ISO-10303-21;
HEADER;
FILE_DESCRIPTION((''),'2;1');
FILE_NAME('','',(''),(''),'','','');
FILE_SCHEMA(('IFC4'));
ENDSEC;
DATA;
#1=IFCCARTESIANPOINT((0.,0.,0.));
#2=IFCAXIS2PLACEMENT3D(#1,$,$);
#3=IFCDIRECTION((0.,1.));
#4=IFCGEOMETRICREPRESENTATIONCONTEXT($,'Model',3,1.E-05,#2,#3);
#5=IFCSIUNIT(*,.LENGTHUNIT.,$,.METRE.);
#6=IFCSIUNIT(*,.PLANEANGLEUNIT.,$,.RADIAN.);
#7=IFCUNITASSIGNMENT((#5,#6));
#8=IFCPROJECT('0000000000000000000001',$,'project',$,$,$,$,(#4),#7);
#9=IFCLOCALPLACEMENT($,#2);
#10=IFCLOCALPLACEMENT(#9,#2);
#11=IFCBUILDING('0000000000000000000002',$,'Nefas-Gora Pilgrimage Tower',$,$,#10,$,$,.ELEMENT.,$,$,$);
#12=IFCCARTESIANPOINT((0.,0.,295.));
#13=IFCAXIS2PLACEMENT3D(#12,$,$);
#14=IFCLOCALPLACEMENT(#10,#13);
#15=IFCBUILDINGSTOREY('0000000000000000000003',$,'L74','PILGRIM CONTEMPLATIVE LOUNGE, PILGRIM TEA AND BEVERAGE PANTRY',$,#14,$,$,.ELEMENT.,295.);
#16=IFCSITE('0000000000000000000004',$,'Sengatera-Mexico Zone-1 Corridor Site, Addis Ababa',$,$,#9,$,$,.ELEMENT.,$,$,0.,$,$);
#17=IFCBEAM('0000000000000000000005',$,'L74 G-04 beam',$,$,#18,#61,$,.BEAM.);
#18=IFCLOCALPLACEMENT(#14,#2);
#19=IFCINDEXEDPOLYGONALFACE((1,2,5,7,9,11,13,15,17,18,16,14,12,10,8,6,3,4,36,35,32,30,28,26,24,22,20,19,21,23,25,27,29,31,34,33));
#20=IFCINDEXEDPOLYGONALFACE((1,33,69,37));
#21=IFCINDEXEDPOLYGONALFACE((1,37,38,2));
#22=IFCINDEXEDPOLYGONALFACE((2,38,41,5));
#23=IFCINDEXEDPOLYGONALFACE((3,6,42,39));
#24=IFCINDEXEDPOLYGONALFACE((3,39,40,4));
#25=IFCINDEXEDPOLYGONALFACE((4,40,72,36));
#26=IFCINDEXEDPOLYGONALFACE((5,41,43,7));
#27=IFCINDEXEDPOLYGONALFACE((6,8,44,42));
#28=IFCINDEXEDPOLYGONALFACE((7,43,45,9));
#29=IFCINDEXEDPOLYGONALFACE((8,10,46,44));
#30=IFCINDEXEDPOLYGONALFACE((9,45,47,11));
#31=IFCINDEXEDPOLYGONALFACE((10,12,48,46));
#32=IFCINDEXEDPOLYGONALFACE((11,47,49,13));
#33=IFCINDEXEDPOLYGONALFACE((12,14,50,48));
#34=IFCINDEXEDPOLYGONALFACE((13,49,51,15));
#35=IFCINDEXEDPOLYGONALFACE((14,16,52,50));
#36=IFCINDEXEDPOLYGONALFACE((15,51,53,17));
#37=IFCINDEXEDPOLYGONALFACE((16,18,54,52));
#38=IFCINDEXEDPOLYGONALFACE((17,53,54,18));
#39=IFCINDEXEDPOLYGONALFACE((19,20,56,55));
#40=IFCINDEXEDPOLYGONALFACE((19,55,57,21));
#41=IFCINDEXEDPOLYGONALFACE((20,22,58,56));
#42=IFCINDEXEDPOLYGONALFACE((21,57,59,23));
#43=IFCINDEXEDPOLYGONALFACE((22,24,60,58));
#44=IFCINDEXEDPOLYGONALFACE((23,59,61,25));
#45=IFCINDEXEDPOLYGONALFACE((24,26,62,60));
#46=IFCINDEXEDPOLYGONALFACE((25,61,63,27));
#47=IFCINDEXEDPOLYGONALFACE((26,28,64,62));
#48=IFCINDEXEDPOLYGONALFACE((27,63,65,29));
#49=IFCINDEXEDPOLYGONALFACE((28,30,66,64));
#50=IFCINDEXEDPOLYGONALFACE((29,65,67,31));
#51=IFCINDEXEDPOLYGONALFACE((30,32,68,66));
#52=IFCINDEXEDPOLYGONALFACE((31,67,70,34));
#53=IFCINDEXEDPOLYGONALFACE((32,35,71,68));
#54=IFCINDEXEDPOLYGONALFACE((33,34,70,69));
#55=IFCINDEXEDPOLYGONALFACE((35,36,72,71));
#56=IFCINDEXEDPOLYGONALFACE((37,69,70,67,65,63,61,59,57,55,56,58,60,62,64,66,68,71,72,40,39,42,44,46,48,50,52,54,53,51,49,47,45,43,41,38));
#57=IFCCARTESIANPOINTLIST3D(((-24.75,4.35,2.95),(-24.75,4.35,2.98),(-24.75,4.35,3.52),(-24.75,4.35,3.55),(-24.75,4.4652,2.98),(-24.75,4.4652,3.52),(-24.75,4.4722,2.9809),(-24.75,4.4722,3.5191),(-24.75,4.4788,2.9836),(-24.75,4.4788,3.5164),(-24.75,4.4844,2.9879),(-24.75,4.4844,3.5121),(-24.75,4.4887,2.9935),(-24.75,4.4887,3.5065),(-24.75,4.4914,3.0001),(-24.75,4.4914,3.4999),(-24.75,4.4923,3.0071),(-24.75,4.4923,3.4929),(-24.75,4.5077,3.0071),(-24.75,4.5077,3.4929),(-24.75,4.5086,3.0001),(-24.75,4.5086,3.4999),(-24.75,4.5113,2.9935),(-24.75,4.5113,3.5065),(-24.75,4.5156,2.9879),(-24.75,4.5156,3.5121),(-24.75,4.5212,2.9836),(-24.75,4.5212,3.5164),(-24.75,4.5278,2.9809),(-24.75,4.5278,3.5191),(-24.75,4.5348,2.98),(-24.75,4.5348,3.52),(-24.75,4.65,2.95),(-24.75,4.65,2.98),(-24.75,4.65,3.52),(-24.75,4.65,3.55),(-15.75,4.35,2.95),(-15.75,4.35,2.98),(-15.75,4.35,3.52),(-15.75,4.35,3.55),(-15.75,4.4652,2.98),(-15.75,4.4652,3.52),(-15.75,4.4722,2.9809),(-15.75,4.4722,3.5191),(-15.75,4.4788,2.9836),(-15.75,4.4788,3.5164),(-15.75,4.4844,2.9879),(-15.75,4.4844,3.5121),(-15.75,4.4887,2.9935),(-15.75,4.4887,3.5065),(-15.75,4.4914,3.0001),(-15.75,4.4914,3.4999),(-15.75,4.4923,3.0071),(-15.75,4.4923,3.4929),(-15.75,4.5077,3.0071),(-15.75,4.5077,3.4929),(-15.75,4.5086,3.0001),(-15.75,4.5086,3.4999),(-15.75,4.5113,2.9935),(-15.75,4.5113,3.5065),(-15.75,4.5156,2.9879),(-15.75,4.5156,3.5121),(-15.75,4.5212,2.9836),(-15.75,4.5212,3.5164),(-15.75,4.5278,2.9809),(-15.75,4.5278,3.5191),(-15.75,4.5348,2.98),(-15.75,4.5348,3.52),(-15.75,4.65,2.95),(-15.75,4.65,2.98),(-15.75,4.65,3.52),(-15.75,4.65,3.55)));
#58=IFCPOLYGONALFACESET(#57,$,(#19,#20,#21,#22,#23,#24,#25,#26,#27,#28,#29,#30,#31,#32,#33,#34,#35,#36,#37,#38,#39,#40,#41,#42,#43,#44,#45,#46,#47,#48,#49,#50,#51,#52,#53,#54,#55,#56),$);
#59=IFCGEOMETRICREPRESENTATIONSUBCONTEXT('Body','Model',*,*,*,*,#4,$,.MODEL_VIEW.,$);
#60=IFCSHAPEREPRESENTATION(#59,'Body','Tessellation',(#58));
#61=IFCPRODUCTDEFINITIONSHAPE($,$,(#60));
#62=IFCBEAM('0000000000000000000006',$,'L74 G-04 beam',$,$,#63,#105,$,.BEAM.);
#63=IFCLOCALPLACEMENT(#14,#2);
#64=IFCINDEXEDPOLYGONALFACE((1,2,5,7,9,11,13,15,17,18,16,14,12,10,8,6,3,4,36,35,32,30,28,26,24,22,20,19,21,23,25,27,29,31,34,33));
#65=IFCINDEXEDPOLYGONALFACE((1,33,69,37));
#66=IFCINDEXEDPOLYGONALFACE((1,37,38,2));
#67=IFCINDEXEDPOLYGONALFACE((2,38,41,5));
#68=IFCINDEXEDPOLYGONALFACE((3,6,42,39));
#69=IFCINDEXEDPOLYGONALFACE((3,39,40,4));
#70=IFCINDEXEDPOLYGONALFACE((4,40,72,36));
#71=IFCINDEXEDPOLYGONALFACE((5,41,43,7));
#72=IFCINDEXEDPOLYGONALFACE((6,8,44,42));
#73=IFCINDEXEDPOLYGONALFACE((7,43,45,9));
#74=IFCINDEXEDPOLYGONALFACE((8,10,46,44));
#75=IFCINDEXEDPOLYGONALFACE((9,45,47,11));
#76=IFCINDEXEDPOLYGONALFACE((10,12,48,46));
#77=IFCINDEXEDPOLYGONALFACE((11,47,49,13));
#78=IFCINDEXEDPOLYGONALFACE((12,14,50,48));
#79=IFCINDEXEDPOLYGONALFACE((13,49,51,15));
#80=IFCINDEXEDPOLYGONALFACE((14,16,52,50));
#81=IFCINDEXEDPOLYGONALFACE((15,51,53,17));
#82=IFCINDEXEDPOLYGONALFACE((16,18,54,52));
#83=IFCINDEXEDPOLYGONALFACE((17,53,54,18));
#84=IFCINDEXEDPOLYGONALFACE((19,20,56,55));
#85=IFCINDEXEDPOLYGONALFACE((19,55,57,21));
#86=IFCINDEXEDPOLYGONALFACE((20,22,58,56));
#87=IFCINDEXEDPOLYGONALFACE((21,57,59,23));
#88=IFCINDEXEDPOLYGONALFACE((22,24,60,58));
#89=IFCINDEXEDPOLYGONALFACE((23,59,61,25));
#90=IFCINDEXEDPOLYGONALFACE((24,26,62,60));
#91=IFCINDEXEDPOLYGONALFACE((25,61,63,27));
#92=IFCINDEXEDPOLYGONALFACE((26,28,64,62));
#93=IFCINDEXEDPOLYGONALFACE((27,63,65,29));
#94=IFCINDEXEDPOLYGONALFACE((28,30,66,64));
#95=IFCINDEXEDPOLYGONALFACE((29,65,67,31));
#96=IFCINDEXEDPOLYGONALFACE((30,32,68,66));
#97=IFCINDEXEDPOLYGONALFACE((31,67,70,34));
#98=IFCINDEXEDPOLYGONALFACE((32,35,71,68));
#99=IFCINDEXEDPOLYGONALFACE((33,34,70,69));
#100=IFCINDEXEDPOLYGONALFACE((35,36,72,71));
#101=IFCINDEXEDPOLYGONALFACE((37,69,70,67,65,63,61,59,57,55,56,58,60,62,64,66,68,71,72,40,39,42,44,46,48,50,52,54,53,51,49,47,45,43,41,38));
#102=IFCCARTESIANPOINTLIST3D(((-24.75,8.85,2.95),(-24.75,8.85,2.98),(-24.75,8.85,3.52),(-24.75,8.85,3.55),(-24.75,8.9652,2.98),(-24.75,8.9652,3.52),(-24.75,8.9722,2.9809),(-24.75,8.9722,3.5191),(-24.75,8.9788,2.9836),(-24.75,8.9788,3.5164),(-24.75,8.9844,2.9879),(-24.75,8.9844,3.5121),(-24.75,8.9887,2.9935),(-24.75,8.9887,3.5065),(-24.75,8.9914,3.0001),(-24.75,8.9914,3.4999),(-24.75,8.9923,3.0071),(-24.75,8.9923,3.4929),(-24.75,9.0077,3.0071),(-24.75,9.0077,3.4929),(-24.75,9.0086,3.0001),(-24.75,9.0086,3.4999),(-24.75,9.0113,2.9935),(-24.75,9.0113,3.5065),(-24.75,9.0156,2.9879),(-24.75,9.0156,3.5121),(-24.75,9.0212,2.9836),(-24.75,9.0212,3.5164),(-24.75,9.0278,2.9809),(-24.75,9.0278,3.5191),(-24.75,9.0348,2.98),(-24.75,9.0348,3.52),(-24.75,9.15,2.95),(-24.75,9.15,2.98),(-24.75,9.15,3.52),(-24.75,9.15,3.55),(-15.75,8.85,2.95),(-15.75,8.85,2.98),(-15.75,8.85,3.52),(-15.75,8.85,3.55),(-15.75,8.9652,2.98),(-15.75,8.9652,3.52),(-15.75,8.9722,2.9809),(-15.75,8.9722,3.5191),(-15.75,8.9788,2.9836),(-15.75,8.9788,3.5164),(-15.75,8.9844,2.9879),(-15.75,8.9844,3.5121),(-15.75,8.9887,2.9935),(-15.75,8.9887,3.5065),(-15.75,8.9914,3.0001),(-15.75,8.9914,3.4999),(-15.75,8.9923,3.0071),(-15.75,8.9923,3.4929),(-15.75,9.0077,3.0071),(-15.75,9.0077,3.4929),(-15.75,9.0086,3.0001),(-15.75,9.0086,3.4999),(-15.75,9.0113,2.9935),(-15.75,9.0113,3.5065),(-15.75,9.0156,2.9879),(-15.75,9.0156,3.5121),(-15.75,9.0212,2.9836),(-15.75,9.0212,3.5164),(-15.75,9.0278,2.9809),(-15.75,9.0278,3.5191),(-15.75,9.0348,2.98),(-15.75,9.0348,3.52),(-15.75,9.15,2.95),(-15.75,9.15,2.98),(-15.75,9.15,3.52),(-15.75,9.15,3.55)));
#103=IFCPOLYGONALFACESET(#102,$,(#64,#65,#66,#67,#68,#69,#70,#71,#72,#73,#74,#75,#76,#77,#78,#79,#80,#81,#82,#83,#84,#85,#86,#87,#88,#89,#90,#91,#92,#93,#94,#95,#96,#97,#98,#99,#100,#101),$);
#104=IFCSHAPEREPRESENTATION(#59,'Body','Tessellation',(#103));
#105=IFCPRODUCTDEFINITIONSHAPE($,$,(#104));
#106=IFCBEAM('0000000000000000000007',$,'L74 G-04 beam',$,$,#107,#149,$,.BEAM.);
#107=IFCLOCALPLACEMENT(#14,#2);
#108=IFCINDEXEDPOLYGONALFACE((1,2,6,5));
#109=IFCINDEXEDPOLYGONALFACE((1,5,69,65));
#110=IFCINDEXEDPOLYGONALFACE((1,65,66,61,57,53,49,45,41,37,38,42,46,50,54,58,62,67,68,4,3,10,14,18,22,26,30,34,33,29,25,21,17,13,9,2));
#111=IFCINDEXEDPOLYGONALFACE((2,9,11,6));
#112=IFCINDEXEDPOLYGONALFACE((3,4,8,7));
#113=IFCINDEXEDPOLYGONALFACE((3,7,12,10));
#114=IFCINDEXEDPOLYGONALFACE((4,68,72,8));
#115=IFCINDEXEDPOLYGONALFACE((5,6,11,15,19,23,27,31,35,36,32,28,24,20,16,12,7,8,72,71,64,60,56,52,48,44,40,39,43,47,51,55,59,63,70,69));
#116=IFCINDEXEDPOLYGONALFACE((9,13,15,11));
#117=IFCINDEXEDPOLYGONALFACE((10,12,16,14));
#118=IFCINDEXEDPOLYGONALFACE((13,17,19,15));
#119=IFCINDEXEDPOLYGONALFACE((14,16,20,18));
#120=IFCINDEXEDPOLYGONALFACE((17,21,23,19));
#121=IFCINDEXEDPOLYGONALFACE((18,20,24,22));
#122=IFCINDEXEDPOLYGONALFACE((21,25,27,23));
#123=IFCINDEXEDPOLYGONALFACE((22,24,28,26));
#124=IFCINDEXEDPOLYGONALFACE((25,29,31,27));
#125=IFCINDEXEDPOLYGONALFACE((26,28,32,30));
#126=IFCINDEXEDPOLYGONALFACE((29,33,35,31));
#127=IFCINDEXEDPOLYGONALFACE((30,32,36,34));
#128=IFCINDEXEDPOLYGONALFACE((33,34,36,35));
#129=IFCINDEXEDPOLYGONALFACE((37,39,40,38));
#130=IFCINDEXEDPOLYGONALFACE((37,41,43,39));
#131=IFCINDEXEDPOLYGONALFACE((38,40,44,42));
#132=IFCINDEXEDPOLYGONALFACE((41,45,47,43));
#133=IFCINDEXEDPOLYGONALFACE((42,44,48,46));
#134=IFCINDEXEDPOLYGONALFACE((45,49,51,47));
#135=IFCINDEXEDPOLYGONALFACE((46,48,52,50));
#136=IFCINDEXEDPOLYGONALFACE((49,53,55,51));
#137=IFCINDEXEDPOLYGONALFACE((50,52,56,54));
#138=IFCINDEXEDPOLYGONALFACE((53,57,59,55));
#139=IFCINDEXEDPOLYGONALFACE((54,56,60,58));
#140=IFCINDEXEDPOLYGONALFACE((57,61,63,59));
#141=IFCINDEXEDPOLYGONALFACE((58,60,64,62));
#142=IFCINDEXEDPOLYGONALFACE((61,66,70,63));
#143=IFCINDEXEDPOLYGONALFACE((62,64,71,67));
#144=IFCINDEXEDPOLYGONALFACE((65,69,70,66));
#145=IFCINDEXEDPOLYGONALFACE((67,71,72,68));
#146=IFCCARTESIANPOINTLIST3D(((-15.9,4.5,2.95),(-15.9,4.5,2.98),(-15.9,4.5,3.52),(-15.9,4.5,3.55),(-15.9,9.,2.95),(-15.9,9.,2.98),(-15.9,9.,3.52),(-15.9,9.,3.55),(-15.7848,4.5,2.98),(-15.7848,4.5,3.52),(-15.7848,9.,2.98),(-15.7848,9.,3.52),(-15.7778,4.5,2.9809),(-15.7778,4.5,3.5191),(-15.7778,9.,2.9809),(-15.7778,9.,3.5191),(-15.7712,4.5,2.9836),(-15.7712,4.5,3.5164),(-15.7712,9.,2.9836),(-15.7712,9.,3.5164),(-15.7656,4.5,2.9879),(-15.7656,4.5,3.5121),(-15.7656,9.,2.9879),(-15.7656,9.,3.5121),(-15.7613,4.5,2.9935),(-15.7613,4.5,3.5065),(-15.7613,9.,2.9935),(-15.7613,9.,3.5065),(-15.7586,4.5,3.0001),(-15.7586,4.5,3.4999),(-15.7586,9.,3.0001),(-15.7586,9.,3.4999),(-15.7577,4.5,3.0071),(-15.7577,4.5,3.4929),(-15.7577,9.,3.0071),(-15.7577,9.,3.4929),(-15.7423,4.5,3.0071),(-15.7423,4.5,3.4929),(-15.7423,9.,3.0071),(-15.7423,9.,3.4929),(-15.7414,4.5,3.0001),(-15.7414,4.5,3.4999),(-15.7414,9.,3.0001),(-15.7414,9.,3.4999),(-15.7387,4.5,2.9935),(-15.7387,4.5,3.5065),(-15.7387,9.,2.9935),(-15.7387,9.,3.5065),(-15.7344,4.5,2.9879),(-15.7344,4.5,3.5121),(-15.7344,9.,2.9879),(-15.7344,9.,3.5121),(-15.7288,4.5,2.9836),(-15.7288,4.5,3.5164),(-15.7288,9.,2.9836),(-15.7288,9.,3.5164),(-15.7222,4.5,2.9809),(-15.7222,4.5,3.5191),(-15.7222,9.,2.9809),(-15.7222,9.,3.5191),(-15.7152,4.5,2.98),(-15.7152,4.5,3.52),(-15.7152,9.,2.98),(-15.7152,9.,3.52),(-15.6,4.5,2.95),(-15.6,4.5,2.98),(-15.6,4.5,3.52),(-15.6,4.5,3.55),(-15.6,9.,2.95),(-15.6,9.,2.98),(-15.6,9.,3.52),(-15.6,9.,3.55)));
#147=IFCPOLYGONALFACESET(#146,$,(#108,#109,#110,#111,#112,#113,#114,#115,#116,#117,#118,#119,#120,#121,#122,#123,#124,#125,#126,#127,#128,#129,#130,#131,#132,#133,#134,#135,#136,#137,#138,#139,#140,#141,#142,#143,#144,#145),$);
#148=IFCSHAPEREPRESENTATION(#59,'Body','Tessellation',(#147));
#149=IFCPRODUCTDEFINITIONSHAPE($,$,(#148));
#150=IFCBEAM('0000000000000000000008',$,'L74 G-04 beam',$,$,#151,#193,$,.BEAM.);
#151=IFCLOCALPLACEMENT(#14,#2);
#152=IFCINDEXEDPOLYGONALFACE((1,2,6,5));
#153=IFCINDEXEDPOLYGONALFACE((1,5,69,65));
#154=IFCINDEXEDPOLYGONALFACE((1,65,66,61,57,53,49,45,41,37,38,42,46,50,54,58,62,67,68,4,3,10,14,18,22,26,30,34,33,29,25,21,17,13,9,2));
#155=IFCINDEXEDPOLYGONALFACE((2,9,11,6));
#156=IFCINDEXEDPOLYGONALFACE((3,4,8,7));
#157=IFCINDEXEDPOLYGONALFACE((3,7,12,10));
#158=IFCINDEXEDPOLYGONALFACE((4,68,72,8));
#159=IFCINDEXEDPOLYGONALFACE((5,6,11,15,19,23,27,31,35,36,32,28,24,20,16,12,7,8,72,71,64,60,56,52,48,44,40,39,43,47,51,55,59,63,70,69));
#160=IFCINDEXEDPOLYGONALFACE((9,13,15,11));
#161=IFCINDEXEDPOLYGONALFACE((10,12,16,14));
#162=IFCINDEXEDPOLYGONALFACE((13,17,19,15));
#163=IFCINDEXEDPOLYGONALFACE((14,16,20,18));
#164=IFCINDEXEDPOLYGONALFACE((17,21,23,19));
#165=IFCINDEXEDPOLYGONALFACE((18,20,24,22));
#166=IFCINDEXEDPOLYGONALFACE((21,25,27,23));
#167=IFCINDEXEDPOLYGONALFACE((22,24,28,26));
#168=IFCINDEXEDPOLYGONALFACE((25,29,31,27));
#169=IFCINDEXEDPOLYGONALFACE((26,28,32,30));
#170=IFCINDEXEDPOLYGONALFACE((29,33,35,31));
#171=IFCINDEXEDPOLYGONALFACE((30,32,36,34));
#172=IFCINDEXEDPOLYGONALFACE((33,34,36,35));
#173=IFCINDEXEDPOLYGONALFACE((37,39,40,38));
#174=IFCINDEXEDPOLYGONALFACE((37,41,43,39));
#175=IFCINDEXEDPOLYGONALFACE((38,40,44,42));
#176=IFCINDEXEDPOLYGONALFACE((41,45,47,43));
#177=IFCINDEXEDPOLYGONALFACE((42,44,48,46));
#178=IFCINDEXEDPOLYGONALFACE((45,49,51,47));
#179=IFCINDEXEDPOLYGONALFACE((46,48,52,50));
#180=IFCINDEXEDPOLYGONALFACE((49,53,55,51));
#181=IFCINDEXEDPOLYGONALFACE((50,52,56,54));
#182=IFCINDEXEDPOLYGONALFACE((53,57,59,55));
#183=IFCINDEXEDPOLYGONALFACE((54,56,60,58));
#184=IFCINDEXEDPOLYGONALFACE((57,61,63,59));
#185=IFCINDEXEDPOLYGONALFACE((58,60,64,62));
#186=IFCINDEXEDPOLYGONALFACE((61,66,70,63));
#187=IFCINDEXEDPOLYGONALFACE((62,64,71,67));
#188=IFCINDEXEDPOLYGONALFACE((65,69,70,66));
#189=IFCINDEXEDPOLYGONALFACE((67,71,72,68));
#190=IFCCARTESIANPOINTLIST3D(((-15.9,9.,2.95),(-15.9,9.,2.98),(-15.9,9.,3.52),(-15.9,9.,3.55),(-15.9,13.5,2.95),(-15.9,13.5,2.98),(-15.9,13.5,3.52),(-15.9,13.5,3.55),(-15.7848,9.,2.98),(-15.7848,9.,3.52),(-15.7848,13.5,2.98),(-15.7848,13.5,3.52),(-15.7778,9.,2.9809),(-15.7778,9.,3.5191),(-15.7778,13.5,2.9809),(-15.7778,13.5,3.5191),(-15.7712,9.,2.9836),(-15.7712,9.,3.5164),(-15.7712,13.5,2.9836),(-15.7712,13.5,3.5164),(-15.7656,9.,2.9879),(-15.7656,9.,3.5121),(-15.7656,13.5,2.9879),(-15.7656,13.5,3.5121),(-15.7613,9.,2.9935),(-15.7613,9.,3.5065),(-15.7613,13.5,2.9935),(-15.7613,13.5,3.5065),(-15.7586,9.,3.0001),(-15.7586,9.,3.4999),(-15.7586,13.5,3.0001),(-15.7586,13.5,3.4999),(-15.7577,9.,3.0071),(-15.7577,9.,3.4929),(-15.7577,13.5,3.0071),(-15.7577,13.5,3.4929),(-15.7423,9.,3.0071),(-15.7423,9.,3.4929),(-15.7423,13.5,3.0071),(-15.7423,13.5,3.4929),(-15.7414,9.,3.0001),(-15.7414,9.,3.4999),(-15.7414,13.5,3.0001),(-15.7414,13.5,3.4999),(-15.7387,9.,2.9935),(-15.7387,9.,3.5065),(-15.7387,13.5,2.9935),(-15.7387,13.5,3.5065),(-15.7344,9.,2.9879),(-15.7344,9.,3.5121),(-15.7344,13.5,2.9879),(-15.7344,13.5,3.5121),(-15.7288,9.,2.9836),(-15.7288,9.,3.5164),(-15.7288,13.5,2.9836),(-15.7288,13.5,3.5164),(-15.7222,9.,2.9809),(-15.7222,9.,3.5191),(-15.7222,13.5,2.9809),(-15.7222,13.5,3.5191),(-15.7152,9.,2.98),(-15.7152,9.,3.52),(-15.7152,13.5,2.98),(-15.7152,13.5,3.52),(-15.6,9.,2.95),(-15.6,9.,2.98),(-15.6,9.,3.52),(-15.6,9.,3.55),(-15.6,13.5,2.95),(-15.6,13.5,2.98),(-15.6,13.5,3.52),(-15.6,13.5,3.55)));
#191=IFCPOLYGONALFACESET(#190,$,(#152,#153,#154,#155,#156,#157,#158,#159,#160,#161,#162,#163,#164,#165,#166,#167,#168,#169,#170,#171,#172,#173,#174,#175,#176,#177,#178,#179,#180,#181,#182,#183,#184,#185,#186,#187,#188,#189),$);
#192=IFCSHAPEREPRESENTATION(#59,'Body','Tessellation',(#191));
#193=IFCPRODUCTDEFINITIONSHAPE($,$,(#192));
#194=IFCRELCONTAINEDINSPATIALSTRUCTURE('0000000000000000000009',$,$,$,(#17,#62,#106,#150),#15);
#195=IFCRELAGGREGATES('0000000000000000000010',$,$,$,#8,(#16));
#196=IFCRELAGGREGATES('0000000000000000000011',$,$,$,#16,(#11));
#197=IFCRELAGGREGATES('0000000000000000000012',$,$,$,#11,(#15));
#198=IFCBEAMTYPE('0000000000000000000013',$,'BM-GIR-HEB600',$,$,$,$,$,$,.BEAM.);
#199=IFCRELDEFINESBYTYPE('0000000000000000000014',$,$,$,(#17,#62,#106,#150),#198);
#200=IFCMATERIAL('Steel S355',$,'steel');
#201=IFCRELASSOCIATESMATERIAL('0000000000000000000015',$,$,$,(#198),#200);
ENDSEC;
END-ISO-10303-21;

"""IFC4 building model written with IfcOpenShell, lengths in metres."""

from ifc_helpers import new_model, si_unit, direction, frame, origin, origin_2d, place, context, subcontext, project, spatial, i_section, extrude, source, transform, mapped, material, material_profile, profile_set, type_object, element, save


model = new_model("IFC4")

# Units and contexts
model_context = context("Model", 3, precision=1e-05, world=origin(), true_north=direction((0.0, 1.0)))
body_context = subcontext(model_context, "Body", "Model", "MODEL_VIEW")
ifc_project = project(units=[si_unit("LENGTHUNIT", "METRE"), si_unit("PLANEANGLEUNIT", "RADIAN")], contexts=[model_context])

# Site, building, storey
site_placement = place(None, origin())
site = spatial("IfcSite", under=ifc_project, at=site_placement, Name="Sengatera-Mexico Zone-1 Corridor Site, Addis Ababa", CompositionType="ELEMENT", RefElevation=0.0)
building_placement = place(site_placement, origin())
building = spatial("IfcBuilding", under=site, at=building_placement, Name="Nefas-Gora Pilgrimage Tower", CompositionType="ELEMENT")
storey_placement = place(building_placement, frame((0.0, 0.0, 295.0)))
storey = spatial("IfcBuildingStorey", under=building, at=storey_placement, Name="L74", Description="PILGRIM CONTEMPLATIVE LOUNGE, PILGRIM TEA AND BEVERAGE PANTRY", CompositionType="ELEMENT", Elevation=295.0)

# Shared definitions
ifc_material_1 = material(Name="Steel S355", Category="steel")

# Beams
ifc_material_profile_1 = material_profile(ifc_material_1, i_section(OverallWidth=0.3, OverallDepth=0.6001, WebThickness=0.0154, FlangeThickness=0.03, FilletRadius=0.0271, at=origin_2d()), Name="HEB 600")
ifc_profile_set_1 = profile_set([ifc_material_profile_1], Name="Steel S355")
beam_type_1 = type_object("IfcBeamType", Name="BM-GIR-HEB600", PredefinedType="BEAM", material=ifc_profile_set_1)
shared_shape_1 = source(origin(), body_context, "Body", "SweptSolid", [
    extrude(i_section(OverallWidth=0.3, OverallDepth=0.6001, WebThickness=0.0154, FlangeThickness=0.03, FilletRadius=0.0271, at=origin_2d()), origin(), (0.0, 0.0, 1.0), 9.0),
])
for number, where, z_axis, x_axis, name in (
    (1, (-24.75, 4.5, 3.25), (1.0, 0.0, 0.0), (0.0, 1.0, 0.0), "L74 G-04 beam"),
    (2, (-24.75, 9.0, 3.25), (1.0, 0.0, 0.0), (0.0, 1.0, 0.0), "L74 G-04 beam"),
):
    element("IfcBeam", number, at=place(storey_placement, frame(where, z_axis=z_axis, x_axis=x_axis)), inside=storey, type_object=beam_type_1, Name=name, PredefinedType="BEAM", context=body_context, shape_type="MappedRepresentation", body=[
        mapped(shared_shape_1, transform((0.0, 0.0, 0.0), x_axis=(1.0, 0.0, 0.0), y_axis=(0.0, 1.0, 0.0), z_axis=(0.0, 0.0, 1.0), scale=1.0)),
    ])
shared_shape_2 = source(origin(), body_context, "Body", "SweptSolid", [
    extrude(i_section(OverallWidth=0.3, OverallDepth=0.6001, WebThickness=0.0154, FlangeThickness=0.03, FilletRadius=0.0271, at=origin_2d()), origin(), (0.0, 0.0, 1.0), 4.5),
])
for number, where, z_axis, x_axis, name in (
    (3, (-15.75, 4.5, 3.25), (0.0, 1.0, 0.0), (-1.0, 0.0, 0.0), "L74 G-04 beam"),
    (4, (-15.75, 9.0, 3.25), (0.0, 1.0, 0.0), (-1.0, 0.0, 0.0), "L74 G-04 beam"),
):
    element("IfcBeam", number, at=place(storey_placement, frame(where, z_axis=z_axis, x_axis=x_axis)), inside=storey, type_object=beam_type_1, Name=name, PredefinedType="BEAM", context=body_context, shape_type="MappedRepresentation", body=[
        mapped(shared_shape_2, transform((0.0, 0.0, 0.0), x_axis=(1.0, 0.0, 0.0), y_axis=(0.0, 1.0, 0.0), z_axis=(0.0, 0.0, 1.0), scale=1.0)),
    ])

save(model, "model.ifc")
